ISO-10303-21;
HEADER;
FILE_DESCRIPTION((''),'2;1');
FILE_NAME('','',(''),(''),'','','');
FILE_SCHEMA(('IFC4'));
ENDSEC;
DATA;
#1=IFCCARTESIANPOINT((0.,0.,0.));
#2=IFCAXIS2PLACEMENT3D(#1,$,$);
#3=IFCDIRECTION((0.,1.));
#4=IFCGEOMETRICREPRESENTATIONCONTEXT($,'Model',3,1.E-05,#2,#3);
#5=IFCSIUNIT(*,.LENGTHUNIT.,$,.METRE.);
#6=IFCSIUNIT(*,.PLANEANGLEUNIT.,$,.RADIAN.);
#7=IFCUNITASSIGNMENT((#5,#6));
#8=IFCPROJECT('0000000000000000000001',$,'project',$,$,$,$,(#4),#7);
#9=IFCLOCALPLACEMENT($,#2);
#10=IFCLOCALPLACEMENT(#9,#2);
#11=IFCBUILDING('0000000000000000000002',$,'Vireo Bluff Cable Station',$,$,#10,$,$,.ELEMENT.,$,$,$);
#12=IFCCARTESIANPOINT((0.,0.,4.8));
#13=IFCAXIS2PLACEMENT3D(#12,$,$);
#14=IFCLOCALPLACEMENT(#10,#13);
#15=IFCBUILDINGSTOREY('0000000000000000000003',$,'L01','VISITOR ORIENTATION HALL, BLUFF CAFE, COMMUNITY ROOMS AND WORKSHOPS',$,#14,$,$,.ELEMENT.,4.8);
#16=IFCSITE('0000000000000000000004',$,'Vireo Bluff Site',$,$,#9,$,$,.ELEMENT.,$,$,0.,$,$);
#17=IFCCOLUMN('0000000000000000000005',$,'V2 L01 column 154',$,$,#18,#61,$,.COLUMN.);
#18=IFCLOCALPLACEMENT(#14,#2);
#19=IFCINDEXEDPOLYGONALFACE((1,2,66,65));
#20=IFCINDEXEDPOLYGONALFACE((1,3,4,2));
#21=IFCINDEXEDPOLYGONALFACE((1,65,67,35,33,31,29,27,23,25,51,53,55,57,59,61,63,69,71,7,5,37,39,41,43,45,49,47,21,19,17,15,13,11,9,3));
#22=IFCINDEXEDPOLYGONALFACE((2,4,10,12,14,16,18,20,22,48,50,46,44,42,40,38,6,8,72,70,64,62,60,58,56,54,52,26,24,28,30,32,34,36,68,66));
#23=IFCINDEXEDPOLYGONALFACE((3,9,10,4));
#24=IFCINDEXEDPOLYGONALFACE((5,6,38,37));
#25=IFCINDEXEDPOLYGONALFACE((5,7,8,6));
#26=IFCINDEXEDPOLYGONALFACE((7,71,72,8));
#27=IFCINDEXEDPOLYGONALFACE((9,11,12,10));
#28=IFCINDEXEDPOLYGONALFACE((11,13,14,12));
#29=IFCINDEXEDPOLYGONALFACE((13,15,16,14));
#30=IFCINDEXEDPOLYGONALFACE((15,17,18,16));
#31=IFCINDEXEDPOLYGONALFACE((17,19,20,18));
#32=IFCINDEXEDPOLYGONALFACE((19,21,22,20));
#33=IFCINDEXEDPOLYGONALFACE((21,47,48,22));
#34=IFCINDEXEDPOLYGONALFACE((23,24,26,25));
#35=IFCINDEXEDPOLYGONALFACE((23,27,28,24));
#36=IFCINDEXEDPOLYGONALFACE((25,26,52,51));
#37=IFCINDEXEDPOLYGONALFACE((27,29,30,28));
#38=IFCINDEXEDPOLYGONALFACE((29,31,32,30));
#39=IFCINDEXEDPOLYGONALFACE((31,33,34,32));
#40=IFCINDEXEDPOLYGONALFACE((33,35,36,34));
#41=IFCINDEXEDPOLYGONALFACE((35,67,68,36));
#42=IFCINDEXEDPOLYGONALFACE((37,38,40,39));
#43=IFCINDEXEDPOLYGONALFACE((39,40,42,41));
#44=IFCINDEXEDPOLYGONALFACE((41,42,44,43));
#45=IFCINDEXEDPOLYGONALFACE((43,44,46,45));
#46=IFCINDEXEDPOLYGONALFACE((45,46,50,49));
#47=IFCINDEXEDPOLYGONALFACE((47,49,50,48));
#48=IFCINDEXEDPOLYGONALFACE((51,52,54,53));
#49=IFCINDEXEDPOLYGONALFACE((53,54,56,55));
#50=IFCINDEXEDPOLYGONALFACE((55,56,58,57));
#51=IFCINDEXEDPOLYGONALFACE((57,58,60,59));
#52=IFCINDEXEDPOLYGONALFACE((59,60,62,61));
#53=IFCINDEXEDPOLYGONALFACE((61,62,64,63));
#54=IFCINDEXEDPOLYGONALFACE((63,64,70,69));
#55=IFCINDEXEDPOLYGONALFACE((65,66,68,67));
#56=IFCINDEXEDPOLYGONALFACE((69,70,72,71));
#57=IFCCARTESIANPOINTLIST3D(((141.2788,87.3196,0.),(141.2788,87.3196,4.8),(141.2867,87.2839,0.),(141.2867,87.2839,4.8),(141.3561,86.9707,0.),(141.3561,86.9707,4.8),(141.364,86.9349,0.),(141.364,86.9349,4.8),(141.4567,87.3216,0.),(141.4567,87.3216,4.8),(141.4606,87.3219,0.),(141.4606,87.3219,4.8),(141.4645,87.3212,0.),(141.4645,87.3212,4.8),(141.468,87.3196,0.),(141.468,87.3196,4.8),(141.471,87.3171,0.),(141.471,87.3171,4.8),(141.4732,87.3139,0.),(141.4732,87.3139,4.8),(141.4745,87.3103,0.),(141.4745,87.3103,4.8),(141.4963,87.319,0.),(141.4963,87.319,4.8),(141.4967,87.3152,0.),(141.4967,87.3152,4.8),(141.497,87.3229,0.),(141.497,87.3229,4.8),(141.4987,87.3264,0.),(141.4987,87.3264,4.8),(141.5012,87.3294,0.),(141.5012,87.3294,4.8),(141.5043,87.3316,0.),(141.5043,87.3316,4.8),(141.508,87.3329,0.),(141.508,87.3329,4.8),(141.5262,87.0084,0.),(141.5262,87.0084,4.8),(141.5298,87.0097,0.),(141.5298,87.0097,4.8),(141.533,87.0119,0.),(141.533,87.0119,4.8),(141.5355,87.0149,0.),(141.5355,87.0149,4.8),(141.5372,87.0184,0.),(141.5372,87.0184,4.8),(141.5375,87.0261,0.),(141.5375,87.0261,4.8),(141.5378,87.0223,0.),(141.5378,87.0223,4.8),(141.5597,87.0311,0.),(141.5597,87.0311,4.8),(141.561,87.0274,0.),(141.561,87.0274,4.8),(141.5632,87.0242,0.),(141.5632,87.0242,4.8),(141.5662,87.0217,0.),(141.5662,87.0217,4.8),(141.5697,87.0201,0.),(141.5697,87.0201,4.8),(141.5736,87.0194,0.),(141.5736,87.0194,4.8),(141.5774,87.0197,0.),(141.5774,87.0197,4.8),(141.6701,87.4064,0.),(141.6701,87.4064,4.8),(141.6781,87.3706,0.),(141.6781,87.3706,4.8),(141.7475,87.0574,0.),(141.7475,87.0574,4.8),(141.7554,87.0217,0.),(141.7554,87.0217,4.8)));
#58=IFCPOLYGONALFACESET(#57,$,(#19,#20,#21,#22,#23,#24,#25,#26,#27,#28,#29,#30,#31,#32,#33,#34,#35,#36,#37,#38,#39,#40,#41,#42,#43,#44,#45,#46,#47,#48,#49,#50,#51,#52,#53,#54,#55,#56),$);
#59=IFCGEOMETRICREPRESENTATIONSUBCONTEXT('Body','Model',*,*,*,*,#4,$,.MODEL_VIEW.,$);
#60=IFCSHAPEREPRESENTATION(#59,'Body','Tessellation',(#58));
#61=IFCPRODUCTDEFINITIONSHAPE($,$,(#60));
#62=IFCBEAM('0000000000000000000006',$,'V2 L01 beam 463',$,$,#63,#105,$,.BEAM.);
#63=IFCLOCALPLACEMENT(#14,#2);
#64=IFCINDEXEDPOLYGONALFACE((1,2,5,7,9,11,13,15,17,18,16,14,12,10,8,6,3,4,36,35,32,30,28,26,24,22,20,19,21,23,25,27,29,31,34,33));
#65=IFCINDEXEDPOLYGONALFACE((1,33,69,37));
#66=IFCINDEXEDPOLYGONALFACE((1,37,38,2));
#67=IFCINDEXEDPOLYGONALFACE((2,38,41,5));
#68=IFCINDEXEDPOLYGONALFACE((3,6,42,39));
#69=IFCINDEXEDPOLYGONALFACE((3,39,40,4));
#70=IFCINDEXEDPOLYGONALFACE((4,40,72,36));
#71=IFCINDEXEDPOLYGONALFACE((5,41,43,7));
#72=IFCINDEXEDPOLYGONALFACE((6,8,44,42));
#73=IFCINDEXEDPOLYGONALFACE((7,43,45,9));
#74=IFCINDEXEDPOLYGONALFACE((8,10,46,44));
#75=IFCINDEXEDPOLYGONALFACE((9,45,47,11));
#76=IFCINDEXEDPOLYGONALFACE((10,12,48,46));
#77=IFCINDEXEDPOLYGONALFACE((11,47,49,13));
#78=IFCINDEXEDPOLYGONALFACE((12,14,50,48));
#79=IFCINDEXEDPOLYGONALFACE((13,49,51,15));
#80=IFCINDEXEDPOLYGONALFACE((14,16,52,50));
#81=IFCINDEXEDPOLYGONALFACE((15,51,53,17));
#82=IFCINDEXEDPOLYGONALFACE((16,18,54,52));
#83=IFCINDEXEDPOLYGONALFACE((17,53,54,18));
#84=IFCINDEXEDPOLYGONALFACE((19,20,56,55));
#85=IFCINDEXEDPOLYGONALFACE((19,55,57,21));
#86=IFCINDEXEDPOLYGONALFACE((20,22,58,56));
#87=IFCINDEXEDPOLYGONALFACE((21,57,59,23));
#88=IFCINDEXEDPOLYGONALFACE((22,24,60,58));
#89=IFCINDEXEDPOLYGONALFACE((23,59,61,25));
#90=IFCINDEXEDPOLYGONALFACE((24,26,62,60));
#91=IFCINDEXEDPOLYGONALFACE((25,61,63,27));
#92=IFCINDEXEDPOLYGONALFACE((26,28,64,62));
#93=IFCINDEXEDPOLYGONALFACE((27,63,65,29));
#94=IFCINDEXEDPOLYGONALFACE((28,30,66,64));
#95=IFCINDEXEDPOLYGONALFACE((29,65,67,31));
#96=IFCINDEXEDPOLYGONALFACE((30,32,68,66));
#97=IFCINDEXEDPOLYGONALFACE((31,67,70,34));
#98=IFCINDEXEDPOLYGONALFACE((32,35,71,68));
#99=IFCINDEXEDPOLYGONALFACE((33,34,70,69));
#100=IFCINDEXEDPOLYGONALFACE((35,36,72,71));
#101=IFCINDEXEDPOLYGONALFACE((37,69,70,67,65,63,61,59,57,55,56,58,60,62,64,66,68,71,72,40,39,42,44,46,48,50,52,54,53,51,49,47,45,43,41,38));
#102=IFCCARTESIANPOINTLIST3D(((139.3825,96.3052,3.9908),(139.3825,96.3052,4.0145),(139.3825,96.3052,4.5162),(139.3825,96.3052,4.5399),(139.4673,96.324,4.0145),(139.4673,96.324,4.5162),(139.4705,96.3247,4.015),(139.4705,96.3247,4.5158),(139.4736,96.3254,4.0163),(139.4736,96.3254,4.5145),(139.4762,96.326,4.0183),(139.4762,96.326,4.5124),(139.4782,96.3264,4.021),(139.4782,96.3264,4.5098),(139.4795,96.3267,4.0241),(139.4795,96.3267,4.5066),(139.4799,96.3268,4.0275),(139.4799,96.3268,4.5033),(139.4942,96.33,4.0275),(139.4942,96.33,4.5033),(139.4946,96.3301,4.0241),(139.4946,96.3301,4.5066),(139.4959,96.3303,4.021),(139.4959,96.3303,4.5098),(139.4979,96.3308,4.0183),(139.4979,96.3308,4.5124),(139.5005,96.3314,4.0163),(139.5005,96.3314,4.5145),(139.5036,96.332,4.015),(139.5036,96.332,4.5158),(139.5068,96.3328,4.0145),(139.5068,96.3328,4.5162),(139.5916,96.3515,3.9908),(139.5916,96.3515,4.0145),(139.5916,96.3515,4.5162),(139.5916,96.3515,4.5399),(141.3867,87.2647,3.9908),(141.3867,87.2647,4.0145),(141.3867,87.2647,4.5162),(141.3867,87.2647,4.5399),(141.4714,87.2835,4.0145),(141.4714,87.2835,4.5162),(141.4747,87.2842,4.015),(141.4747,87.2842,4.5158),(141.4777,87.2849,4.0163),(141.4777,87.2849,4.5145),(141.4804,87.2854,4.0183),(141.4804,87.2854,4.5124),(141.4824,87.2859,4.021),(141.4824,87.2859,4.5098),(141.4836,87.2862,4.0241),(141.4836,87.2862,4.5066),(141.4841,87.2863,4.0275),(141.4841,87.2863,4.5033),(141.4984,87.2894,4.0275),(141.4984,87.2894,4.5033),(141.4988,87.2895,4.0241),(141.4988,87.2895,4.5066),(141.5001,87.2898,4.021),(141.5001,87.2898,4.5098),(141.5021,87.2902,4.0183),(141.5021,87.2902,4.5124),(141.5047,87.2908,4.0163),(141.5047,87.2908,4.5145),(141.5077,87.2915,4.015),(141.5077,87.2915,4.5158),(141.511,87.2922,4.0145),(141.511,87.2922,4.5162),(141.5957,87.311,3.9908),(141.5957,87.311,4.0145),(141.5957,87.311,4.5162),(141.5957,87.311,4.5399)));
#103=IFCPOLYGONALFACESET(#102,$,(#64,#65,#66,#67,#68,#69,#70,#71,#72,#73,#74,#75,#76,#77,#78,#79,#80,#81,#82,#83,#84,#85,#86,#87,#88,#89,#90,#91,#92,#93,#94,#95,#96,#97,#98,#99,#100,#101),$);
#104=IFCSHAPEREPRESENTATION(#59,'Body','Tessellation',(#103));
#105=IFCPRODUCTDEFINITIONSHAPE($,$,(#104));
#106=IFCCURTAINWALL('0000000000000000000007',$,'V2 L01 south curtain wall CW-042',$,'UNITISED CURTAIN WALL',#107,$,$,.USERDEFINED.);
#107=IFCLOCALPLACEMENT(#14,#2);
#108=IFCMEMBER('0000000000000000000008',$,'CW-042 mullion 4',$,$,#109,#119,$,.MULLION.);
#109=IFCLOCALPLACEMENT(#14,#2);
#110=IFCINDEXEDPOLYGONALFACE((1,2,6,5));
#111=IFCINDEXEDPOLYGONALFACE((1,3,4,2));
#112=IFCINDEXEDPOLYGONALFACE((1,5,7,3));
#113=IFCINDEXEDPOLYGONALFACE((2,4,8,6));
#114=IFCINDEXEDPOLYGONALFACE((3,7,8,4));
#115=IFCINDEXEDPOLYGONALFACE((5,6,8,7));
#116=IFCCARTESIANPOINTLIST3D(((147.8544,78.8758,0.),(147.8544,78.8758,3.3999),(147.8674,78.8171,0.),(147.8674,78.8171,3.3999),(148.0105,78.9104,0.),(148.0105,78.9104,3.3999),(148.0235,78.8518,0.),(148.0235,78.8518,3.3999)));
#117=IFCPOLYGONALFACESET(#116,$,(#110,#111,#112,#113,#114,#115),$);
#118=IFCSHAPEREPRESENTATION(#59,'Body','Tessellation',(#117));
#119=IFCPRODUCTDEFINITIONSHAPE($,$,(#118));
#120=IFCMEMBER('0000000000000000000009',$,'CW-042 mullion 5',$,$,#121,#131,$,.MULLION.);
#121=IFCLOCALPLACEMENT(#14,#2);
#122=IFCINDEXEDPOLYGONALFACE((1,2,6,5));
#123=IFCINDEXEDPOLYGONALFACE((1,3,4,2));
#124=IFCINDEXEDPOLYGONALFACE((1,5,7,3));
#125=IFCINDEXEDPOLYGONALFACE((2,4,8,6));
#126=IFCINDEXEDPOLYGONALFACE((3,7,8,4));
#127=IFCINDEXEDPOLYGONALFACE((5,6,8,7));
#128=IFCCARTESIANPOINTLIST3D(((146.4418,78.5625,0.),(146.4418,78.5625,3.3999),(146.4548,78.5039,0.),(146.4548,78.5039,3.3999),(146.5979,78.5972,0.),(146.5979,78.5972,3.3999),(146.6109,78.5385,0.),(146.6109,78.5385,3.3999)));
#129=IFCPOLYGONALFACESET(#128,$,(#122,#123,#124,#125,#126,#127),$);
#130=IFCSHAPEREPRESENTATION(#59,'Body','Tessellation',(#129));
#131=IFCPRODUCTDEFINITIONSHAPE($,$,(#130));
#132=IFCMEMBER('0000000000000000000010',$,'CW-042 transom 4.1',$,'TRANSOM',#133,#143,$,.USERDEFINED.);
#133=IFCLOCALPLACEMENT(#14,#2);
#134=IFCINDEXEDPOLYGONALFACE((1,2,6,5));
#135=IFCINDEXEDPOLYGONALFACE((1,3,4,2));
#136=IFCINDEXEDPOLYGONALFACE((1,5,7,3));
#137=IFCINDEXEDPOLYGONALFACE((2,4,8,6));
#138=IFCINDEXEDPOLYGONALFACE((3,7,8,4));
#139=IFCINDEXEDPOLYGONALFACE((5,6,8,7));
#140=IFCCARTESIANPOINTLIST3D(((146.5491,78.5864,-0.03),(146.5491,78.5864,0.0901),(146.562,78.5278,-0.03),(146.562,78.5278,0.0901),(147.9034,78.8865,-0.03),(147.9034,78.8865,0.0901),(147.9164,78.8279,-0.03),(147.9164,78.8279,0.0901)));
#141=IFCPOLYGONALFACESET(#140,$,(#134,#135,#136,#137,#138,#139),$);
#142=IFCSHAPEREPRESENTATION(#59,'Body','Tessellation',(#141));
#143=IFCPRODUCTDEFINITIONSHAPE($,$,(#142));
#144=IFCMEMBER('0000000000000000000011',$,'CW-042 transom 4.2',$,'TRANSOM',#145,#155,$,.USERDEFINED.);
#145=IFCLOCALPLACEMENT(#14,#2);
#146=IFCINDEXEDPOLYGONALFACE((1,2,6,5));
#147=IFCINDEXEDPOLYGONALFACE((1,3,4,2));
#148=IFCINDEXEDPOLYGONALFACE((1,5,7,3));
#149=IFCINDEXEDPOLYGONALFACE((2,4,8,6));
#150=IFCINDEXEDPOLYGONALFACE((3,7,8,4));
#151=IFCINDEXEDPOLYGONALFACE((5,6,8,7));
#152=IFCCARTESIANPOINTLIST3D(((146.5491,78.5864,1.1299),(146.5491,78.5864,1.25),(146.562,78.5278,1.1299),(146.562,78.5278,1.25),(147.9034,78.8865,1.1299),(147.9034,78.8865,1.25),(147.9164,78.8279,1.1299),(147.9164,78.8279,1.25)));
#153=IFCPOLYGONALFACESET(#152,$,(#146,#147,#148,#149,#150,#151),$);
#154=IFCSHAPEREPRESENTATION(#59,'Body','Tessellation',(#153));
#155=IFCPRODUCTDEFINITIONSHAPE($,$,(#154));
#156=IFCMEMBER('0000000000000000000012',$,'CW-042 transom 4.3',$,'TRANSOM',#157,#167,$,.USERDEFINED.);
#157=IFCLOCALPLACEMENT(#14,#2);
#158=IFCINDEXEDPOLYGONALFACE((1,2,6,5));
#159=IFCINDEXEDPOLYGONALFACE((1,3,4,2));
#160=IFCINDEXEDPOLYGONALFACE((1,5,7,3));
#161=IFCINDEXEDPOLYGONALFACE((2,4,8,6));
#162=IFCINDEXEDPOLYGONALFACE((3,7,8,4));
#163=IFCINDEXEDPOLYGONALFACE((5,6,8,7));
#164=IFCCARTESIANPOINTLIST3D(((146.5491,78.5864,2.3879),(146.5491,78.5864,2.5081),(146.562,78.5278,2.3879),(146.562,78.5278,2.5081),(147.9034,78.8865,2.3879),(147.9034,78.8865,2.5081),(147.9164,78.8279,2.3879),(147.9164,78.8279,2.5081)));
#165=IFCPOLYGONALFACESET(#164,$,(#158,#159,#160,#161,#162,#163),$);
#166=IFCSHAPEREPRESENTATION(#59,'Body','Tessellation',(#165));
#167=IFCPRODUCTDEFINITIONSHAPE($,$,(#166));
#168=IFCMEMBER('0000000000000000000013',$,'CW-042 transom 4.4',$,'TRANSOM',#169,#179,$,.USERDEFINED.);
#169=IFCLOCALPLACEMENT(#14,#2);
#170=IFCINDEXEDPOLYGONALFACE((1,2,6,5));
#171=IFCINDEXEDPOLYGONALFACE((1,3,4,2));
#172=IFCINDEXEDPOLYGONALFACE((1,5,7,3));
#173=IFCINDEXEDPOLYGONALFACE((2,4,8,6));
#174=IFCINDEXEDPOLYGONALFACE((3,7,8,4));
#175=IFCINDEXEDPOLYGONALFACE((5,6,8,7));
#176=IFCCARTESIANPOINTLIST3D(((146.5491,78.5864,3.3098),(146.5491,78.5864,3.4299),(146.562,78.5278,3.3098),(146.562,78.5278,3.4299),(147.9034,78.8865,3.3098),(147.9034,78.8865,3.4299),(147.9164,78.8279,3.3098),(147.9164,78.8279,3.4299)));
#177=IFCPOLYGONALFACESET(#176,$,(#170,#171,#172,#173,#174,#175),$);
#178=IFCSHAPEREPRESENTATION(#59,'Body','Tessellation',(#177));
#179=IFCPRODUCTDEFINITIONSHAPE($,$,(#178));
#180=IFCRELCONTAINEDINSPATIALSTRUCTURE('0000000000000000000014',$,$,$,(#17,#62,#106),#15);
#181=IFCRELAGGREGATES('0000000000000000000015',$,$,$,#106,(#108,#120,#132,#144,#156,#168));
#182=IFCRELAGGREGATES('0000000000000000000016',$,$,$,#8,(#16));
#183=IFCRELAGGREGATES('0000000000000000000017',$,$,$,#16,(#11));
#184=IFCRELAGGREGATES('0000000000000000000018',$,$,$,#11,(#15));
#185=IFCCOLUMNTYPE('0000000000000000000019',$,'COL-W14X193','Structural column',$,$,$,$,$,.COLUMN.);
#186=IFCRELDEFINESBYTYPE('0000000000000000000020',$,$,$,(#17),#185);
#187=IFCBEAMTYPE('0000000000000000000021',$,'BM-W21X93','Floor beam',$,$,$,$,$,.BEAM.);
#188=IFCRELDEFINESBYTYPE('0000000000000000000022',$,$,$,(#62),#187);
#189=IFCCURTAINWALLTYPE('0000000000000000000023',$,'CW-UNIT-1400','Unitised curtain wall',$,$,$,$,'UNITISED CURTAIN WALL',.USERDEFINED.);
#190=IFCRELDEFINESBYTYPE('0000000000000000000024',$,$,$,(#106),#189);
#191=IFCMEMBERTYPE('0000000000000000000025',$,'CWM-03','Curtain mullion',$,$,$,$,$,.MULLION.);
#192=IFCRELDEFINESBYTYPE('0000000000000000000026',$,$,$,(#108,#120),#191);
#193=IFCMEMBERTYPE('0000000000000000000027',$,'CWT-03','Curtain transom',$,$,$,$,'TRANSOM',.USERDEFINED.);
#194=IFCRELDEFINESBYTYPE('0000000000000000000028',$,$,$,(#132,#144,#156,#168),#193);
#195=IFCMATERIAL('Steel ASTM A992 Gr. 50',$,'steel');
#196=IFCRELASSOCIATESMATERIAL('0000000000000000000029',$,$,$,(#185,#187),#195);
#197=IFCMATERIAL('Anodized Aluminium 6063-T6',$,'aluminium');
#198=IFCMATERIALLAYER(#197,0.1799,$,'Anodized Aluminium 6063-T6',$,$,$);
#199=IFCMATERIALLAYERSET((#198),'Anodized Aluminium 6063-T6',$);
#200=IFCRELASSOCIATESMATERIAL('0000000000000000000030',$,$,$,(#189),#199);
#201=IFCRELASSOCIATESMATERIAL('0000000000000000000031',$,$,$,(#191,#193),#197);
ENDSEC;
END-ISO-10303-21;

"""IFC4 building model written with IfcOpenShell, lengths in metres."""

from ifc_helpers import new_model, si_unit, direction, frame, origin, origin_2d, place, context, subcontext, project, spatial, rectangle, i_section, extrude, material, layer, layer_set, material_profile, profile_set, type_object, element, aggregate, save


model = new_model("IFC4")

# Units and contexts
model_context = context("Model", 3, precision=1e-05, world=origin(), true_north=direction((0.0, 1.0)))
body_context = subcontext(model_context, "Body", "Model", "MODEL_VIEW")
ifc_project = project(units=[si_unit("LENGTHUNIT", "METRE"), si_unit("PLANEANGLEUNIT", "RADIAN")], contexts=[model_context])

# Site, building, storey
site_placement = place(None, origin())
site = spatial("IfcSite", under=ifc_project, at=site_placement, Name="Vireo Bluff Site", CompositionType="ELEMENT", RefElevation=0.0)
building_placement = place(site_placement, origin())
building = spatial("IfcBuilding", under=site, at=building_placement, Name="Vireo Bluff Cable Station", CompositionType="ELEMENT")
storey_placement = place(building_placement, frame((0.0, 0.0, 4.8)))
storey = spatial("IfcBuildingStorey", under=building, at=storey_placement, Name="L01", Description="VISITOR ORIENTATION HALL, BLUFF CAFE, COMMUNITY ROOMS AND WORKSHOPS", CompositionType="ELEMENT", Elevation=4.8)

# Column
ifc_material_1 = material(Name="Steel ASTM A992 Gr. 50", Category="steel")
ifc_material_profile_1 = material_profile(ifc_material_1, i_section(OverallWidth=0.4009, OverallDepth=0.394, WebThickness=0.0227, FlangeThickness=0.0366, FilletRadius=0.0149, at=origin_2d()), Name="W14X193")
ifc_profile_set_1 = profile_set([ifc_material_profile_1], Name="Steel ASTM A992 Gr. 50")
column_type = type_object("IfcColumnType", Name="COL-W14X193", Description="Structural column", PredefinedType="COLUMN", material=ifc_profile_set_1)
column_placement = place(storey_placement, frame((141.5171, 87.1707, 0.0), z_axis=(0.0, 0.0, 1.0), x_axis=(0.976296, 0.21644, 0.0)))
element("IfcColumn", 1, at=column_placement, inside=storey, type_object=column_type, Name="V2 L01 column 154", PredefinedType="COLUMN", context=body_context, shape_type="SweptSolid", body=[
    extrude(i_section(OverallWidth=0.4009, OverallDepth=0.394, WebThickness=0.0227, FlangeThickness=0.0366, FilletRadius=0.0149, at=origin_2d()), origin(), (0.0, 0.0, 1.0), 4.8),
])

# Beam
ifc_material_profile_2 = material_profile(ifc_material_1, i_section(OverallWidth=0.2141, OverallDepth=0.5491, WebThickness=0.0146, FlangeThickness=0.0237, FilletRadius=0.0129, at=origin_2d()), Name="W21X93")
ifc_profile_set_2 = profile_set([ifc_material_profile_2], Name="Steel ASTM A992 Gr. 50")
beam_type_1 = type_object("IfcBeamType", Name="BM-W21X93", Description="Floor beam", PredefinedType="BEAM", material=ifc_profile_set_2)
beam_1_placement = place(storey_placement, frame((141.4912, 87.2878, 4.2654), z_axis=(-0.216431, 0.976298, 0.0), x_axis=(-0.976298, -0.216431, 0.0)))
element("IfcBeam", 2, at=beam_1_placement, inside=storey, type_object=beam_type_1, Name="V2 L01 beam 463", PredefinedType="BEAM", context=body_context, shape_type="SweptSolid", body=[
    extrude(i_section(OverallWidth=0.2141, OverallDepth=0.5491, WebThickness=0.0146, FlangeThickness=0.0237, FilletRadius=0.0129, at=origin_2d()), origin(), (0.0, 0.0, 1.0), 9.26),
])

# Curtain wall, members
ifc_material_2 = material(Name="Anodized Aluminium 6063-T6", Category="aluminium")
ifc_layer_1 = layer(ifc_material_2, 0.1799, Name="Anodized Aluminium 6063-T6")
ifc_layer_set_1 = layer_set([ifc_layer_1], Name="Anodized Aluminium 6063-T6")
curtain_wall_type = type_object("IfcCurtainWallType", Name="CW-UNIT-1400", Description="Unitised curtain wall", ElementType="UNITISED CURTAIN WALL", PredefinedType="USERDEFINED", material=ifc_layer_set_1)
curtain_wall_placement = place(storey_placement, origin())
curtain_wall = element("IfcCurtainWall", 3, at=curtain_wall_placement, inside=storey, type_object=curtain_wall_type, Name="V2 L01 south curtain wall CW-042", ObjectType="UNITISED CURTAIN WALL", PredefinedType="USERDEFINED")
ifc_material_profile_3 = material_profile(ifc_material_2, rectangle(XDim=0.0601, YDim=0.1599, at=origin_2d()), Name="ALU-M-60X160")
ifc_profile_set_3 = profile_set([ifc_material_profile_3], Name="Anodized Aluminium 6063-T6")
member_type_1 = type_object("IfcMemberType", Name="CWM-03", Description="Curtain mullion", PredefinedType="MULLION", material=ifc_profile_set_3)
member_1_placement = place(storey_placement, frame((147.939, 78.8638, 0.0), z_axis=(0.0, 0.0, 1.0), x_axis=(0.21644, -0.976296, 0.0)))
member_1 = element("IfcMember", 4, at=member_1_placement, type_object=member_type_1, Name="CW-042 mullion 4", PredefinedType="MULLION", context=body_context, shape_type="SweptSolid", body=[
    extrude(rectangle(XDim=0.0601, YDim=0.1599, at=origin_2d()), origin(), (0.0, 0.0, 1.0), 3.3999),
])
member_2_placement = place(storey_placement, frame((146.5264, 78.5505, 0.0), z_axis=(0.0, 0.0, 1.0), x_axis=(0.21644, -0.976296, 0.0)))
member_2 = element("IfcMember", 5, at=member_2_placement, type_object=member_type_1, Name="CW-042 mullion 5", PredefinedType="MULLION", context=body_context, shape_type="SweptSolid", body=[
    extrude(rectangle(XDim=0.0601, YDim=0.1599, at=origin_2d()), origin(), (0.0, 0.0, 1.0), 3.3999),
])
ifc_material_profile_4 = material_profile(ifc_material_2, rectangle(XDim=0.0601, YDim=0.1201, at=origin_2d()), Name="ALU-T-60X120")
ifc_profile_set_4 = profile_set([ifc_material_profile_4], Name="Anodized Aluminium 6063-T6")
member_type_2 = type_object("IfcMemberType", Name="CWT-03", Description="Curtain transom", ElementType="TRANSOM", PredefinedType="USERDEFINED", material=ifc_profile_set_4)
member_3_placement = place(storey_placement, frame((147.9099, 78.8572, 0.03), z_axis=(-0.976324, -0.216315, 0.0), x_axis=(0.216315, -0.976324, 0.0)))
member_3 = element("IfcMember", 6, at=member_3_placement, type_object=member_type_2, Name="CW-042 transom 4.1", ObjectType="TRANSOM", PredefinedType="USERDEFINED", context=body_context, shape_type="SweptSolid", body=[
    extrude(rectangle(XDim=0.0601, YDim=0.1201, at=origin_2d()), origin(), (0.0, 0.0, 1.0), 1.3872),
])
member_4_placement = place(storey_placement, frame((147.9099, 78.8572, 1.1899), z_axis=(-0.976324, -0.216315, 0.0), x_axis=(0.216315, -0.976324, 0.0)))
member_4 = element("IfcMember", 7, at=member_4_placement, type_object=member_type_2, Name="CW-042 transom 4.2", ObjectType="TRANSOM", PredefinedType="USERDEFINED", context=body_context, shape_type="SweptSolid", body=[
    extrude(rectangle(XDim=0.0601, YDim=0.1201, at=origin_2d()), origin(), (0.0, 0.0, 1.0), 1.3872),
])
member_5_placement = place(storey_placement, frame((147.9099, 78.8572, 2.448), z_axis=(-0.976324, -0.216315, 0.0), x_axis=(0.216315, -0.976324, 0.0)))
member_5 = element("IfcMember", 8, at=member_5_placement, type_object=member_type_2, Name="CW-042 transom 4.3", ObjectType="TRANSOM", PredefinedType="USERDEFINED", context=body_context, shape_type="SweptSolid", body=[
    extrude(rectangle(XDim=0.0601, YDim=0.1201, at=origin_2d()), origin(), (0.0, 0.0, 1.0), 1.3872),
])
member_6_placement = place(storey_placement, frame((147.9099, 78.8572, 3.3699), z_axis=(-0.976324, -0.216315, 0.0), x_axis=(0.216315, -0.976324, 0.0)))
member_6 = element("IfcMember", 9, at=member_6_placement, type_object=member_type_2, Name="CW-042 transom 4.4", ObjectType="TRANSOM", PredefinedType="USERDEFINED", context=body_context, shape_type="SweptSolid", body=[
    extrude(rectangle(XDim=0.0601, YDim=0.1201, at=origin_2d()), origin(), (0.0, 0.0, 1.0), 1.3872),
])

aggregate(curtain_wall, [member_1, member_2, member_3, member_4, member_5, member_6])

save(model, "model.ifc")
